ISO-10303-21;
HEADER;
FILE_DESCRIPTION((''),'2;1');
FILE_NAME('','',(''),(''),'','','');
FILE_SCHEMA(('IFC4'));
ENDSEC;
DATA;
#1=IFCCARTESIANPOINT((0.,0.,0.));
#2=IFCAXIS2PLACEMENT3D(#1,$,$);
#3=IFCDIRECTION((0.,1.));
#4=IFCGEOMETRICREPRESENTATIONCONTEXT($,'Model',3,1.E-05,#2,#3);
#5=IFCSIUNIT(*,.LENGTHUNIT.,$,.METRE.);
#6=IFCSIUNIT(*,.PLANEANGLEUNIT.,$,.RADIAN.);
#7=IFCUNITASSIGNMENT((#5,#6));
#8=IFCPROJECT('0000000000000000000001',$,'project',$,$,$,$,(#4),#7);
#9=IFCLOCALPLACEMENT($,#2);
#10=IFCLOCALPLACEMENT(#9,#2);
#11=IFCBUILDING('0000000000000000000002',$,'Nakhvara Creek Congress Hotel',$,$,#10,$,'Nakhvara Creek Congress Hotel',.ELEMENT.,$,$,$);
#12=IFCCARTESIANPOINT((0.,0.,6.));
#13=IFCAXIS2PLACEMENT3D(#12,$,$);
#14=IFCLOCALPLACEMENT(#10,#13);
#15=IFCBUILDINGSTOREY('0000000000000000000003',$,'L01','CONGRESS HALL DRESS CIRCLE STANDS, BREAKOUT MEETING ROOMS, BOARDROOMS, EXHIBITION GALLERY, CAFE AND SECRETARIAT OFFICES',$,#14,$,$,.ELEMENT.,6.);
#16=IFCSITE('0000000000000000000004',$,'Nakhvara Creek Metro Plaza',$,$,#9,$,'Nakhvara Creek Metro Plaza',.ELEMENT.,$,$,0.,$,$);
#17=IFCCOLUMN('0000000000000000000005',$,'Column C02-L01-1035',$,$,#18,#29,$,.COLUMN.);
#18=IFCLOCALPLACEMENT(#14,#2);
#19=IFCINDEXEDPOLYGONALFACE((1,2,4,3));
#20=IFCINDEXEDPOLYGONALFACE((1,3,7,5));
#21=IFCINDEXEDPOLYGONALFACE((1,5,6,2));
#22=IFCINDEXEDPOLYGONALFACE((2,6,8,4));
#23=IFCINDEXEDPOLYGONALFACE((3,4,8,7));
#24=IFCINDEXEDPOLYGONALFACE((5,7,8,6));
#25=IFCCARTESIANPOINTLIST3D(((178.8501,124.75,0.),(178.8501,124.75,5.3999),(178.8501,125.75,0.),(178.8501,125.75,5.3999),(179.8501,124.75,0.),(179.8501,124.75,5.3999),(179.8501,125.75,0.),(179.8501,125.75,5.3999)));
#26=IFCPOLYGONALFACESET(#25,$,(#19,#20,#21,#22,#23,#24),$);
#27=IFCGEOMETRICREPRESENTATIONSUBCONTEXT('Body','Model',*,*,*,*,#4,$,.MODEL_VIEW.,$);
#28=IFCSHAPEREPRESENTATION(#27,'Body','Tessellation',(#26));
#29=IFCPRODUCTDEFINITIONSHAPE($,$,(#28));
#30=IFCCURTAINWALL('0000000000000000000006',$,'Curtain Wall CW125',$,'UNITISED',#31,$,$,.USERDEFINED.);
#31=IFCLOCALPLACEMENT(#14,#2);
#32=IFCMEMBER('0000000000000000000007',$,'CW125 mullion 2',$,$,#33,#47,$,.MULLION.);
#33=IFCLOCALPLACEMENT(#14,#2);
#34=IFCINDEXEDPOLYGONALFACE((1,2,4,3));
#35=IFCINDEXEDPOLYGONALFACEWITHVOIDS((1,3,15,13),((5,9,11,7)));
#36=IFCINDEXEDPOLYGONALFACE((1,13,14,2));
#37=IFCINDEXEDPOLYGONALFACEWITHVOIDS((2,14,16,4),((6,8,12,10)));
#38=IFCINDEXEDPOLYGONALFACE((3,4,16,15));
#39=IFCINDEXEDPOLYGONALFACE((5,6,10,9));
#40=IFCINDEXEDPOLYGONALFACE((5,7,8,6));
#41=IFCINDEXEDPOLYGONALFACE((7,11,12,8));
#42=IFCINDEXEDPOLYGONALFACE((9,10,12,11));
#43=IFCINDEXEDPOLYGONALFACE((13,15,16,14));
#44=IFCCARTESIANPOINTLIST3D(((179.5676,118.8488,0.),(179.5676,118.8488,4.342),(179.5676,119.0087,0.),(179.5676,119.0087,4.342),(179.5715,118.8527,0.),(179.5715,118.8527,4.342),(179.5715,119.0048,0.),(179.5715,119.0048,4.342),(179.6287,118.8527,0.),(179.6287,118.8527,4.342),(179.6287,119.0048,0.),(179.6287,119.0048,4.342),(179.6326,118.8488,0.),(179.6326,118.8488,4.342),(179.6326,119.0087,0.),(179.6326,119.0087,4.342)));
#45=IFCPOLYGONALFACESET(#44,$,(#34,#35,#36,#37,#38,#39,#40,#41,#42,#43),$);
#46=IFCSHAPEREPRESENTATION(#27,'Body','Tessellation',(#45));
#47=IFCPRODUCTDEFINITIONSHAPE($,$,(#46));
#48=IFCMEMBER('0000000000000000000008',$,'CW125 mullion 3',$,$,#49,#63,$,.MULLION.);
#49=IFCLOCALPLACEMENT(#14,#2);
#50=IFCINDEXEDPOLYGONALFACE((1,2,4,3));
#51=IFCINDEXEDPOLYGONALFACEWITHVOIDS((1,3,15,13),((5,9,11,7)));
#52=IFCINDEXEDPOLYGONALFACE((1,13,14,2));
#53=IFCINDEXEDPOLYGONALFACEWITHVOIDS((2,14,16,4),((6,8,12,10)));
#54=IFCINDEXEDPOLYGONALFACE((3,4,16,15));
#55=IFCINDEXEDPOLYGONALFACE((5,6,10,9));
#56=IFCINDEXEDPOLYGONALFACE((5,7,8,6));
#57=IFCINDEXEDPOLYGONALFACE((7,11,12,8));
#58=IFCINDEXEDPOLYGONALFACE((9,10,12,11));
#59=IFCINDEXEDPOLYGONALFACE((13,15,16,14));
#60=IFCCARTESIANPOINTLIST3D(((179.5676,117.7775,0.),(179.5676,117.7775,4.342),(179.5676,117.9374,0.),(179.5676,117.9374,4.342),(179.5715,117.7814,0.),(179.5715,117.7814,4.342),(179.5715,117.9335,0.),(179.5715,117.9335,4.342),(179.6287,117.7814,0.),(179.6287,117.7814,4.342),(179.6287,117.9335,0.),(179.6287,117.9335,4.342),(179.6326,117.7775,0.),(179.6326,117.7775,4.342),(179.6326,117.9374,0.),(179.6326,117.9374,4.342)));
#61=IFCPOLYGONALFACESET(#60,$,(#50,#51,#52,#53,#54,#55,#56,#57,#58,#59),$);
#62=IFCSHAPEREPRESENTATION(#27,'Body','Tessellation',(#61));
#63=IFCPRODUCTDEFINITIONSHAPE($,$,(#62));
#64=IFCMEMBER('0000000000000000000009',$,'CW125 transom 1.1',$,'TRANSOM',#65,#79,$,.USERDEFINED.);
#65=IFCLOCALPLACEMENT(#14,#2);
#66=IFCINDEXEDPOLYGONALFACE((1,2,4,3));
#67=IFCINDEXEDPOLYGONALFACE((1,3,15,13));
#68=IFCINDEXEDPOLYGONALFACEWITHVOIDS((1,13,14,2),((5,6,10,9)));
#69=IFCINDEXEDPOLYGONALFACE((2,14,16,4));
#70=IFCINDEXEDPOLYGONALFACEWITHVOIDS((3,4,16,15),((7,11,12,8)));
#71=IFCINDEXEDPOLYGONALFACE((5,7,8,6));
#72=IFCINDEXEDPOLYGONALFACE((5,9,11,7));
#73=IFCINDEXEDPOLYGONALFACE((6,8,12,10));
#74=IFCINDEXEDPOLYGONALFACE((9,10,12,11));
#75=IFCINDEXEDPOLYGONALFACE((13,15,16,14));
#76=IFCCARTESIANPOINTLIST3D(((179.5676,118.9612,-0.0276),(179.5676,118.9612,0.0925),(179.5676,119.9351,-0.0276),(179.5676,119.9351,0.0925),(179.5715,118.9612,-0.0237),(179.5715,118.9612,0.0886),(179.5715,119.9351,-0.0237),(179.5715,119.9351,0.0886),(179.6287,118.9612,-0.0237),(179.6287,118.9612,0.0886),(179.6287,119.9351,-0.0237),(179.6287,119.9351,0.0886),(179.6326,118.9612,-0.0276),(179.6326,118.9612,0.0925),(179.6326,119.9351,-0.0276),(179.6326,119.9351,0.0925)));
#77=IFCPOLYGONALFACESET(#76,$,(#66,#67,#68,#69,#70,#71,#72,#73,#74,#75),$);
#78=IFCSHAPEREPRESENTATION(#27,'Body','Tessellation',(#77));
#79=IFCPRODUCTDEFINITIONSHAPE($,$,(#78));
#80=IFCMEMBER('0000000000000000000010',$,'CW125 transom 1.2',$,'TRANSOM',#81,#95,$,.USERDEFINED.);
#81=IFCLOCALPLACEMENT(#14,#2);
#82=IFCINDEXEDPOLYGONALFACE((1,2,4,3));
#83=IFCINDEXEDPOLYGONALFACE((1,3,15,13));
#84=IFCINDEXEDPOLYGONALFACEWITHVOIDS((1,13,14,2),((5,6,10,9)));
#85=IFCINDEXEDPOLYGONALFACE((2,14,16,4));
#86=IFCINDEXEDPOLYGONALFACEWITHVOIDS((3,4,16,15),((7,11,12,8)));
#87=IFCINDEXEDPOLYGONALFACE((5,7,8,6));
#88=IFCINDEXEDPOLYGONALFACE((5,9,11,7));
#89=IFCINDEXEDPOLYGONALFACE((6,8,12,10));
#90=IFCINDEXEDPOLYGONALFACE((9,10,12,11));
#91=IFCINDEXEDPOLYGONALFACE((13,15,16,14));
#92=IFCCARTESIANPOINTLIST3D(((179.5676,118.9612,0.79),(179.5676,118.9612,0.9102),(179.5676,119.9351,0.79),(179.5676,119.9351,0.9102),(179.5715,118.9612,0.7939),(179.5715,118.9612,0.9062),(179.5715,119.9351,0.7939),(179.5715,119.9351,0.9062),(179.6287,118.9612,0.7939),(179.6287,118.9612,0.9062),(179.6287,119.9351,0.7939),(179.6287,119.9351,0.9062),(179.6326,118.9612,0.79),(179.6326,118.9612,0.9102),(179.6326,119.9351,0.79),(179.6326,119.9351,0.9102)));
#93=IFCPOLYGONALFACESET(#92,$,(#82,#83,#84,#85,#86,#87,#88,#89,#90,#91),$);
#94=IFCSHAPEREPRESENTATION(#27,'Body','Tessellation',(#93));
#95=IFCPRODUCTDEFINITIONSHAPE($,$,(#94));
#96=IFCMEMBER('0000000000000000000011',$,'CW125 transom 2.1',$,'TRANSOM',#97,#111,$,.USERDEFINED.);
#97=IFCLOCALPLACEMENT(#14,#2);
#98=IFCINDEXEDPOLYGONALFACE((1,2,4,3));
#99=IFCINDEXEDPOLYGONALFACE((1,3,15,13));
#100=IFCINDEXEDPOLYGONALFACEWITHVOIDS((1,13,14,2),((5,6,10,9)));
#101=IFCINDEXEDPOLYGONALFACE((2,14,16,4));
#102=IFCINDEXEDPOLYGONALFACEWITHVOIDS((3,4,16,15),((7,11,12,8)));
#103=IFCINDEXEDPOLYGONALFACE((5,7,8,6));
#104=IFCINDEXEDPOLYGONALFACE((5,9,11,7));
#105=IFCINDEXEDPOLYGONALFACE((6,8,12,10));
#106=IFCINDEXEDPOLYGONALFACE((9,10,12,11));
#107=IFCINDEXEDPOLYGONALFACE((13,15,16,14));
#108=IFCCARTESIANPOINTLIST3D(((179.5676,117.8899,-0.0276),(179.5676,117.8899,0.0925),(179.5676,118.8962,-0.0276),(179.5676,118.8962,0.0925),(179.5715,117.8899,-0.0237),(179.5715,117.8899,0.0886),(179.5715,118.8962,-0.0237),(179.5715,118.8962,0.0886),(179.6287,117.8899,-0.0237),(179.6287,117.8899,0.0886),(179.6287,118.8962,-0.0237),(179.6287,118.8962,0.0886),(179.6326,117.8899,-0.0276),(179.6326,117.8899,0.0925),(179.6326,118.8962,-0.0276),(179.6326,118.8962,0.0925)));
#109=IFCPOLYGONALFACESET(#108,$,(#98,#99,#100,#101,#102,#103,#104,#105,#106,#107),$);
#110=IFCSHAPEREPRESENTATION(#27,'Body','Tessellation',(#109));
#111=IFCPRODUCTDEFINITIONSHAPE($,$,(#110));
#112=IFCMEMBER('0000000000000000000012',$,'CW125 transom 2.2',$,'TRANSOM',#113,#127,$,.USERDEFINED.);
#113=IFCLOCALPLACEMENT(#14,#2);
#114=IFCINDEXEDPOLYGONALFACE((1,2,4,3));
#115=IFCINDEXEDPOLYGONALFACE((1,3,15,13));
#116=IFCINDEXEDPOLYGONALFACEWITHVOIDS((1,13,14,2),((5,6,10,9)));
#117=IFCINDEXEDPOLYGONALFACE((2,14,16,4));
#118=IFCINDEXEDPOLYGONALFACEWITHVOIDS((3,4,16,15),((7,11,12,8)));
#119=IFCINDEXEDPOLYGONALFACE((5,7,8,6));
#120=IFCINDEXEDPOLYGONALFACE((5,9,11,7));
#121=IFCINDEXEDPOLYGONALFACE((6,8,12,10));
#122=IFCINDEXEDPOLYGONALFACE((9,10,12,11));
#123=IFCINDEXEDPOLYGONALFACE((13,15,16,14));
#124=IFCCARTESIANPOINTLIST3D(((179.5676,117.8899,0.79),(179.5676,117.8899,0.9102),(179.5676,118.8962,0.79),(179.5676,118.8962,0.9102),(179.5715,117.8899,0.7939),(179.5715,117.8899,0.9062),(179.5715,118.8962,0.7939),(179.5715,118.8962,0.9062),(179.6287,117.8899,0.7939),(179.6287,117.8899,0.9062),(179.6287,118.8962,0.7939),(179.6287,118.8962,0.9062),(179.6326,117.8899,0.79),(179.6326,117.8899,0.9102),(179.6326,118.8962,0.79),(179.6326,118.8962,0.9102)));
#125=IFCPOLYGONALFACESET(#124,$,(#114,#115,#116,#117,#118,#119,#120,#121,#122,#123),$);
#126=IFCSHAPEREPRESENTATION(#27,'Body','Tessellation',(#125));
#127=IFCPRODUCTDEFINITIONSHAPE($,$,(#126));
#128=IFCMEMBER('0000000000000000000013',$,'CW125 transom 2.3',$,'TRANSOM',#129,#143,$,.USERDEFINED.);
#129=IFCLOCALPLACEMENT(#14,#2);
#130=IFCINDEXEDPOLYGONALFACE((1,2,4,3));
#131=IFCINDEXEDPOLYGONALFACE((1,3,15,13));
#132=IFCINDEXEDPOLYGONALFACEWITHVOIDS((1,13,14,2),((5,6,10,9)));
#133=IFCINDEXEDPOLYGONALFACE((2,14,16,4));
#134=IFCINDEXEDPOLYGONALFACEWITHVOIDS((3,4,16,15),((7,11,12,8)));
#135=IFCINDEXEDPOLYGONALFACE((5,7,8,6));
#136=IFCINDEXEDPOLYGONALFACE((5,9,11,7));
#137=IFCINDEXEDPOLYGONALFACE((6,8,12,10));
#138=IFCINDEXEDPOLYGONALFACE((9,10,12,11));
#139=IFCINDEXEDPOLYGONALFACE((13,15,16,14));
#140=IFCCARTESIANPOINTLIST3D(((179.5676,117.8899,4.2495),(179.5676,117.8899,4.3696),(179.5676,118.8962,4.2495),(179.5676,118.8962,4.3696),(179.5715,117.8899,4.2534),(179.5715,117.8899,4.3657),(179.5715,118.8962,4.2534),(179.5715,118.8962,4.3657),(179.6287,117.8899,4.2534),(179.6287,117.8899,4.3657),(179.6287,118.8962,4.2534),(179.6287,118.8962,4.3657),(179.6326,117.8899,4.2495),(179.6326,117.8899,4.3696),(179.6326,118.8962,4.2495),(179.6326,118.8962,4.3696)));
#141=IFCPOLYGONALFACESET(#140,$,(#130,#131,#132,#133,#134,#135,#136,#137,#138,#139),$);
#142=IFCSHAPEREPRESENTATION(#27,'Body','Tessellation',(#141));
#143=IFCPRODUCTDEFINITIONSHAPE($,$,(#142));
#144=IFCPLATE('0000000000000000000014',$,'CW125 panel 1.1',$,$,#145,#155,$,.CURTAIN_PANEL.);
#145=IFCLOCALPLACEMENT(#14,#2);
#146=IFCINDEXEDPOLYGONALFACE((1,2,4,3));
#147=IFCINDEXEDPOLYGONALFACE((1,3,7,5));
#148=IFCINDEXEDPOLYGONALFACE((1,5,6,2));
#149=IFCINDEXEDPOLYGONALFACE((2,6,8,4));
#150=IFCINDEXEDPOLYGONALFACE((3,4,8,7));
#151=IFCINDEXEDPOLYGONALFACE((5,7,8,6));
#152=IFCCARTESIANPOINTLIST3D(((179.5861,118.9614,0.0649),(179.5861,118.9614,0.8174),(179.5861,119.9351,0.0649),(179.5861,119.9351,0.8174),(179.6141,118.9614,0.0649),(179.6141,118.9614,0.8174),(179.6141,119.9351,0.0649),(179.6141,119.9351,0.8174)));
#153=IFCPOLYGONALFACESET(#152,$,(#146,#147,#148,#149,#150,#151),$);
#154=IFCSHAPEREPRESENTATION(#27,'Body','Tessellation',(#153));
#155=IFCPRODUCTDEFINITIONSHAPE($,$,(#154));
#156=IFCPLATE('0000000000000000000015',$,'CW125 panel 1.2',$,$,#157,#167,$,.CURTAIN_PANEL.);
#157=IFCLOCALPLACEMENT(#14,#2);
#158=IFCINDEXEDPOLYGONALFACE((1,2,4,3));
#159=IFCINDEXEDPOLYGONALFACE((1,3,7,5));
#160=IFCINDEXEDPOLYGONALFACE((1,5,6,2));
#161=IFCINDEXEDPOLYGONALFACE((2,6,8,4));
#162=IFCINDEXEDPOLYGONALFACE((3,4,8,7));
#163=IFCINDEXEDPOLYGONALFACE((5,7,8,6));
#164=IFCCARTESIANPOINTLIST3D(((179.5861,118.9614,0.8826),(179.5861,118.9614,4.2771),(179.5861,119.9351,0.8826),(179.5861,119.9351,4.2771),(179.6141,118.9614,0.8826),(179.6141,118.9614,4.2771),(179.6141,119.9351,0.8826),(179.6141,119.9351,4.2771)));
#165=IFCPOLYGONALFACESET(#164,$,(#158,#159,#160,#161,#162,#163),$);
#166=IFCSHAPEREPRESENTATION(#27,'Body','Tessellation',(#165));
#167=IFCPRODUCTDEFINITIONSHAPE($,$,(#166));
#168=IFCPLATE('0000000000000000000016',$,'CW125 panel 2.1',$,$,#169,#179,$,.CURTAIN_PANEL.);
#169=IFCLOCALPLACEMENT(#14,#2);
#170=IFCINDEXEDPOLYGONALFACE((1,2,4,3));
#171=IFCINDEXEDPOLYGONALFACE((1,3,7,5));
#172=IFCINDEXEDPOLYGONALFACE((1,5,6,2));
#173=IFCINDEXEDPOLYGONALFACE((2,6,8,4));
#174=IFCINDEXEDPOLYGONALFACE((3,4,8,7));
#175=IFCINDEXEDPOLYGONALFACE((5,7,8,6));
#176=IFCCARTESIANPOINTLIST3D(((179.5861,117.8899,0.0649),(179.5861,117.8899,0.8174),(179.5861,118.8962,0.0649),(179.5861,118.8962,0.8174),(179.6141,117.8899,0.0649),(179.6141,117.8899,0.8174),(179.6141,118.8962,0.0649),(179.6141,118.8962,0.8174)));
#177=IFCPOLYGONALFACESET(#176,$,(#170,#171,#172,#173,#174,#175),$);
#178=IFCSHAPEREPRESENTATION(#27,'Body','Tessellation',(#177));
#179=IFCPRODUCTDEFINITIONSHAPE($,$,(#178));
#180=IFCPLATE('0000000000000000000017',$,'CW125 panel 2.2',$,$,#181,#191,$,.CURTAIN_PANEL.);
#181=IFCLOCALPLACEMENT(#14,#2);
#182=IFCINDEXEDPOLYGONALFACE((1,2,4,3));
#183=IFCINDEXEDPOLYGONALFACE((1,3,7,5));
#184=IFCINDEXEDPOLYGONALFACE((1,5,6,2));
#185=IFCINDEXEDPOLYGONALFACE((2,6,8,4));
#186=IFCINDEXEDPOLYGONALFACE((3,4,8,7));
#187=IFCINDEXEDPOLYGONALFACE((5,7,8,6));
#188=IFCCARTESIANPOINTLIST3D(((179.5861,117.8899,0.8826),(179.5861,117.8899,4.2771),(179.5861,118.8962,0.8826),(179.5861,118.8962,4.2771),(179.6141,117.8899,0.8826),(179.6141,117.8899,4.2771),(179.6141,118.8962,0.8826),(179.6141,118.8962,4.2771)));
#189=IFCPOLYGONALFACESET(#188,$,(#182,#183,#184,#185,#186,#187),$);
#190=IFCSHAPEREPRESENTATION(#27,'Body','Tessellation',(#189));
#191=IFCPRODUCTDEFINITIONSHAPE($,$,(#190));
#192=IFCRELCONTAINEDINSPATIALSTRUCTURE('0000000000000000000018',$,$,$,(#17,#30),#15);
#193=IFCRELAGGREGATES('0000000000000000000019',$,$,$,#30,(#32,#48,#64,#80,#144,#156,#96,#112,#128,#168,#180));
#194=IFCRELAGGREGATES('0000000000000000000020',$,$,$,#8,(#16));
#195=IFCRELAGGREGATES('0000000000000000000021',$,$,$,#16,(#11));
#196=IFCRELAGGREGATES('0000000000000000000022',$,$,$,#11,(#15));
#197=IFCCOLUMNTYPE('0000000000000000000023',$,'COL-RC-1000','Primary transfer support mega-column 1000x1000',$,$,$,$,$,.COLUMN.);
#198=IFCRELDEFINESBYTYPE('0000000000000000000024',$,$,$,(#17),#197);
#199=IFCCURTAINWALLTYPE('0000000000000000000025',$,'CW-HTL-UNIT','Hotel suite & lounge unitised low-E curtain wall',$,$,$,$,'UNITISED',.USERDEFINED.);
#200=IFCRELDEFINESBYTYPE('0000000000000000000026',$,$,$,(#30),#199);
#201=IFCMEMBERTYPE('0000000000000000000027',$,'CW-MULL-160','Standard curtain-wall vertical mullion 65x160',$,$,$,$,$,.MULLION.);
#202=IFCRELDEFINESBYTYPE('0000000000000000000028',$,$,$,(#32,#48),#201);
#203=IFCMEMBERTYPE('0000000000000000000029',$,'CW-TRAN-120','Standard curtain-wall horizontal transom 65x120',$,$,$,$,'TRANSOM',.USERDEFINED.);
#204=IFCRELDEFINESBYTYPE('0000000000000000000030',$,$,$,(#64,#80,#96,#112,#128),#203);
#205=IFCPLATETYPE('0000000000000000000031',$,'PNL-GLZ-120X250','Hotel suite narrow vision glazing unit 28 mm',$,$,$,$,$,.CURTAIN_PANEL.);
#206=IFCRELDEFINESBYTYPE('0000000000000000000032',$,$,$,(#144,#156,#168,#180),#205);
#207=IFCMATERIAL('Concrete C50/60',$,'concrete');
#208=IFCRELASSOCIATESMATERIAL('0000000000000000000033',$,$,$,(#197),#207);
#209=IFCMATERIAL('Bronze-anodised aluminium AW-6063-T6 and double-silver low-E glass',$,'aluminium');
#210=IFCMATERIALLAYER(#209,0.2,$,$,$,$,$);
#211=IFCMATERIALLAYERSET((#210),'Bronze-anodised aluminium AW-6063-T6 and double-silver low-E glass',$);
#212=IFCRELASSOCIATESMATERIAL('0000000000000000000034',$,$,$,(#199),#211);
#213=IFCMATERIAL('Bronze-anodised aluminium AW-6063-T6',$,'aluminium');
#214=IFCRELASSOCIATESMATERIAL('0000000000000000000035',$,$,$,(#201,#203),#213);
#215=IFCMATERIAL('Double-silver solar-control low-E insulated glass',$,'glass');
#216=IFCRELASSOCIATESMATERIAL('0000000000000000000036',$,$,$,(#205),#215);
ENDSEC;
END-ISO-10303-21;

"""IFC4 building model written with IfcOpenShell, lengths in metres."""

from ifc_helpers import new_model, si_unit, direction, frame, origin, origin_2d, place, context, subcontext, project, spatial, rectangle, hollow_rectangle, extrude, material, layer, layer_set, material_profile, profile_set, type_object, element, aggregate, save


model = new_model("IFC4")

# Units and contexts
model_context = context("Model", 3, precision=1e-05, world=origin(), true_north=direction((0.0, 1.0)))
body_context = subcontext(model_context, "Body", "Model", "MODEL_VIEW")
ifc_project = project(units=[si_unit("LENGTHUNIT", "METRE"), si_unit("PLANEANGLEUNIT", "RADIAN")], contexts=[model_context])

# Site, building, storey
site_placement = place(None, origin())
site = spatial("IfcSite", under=ifc_project, at=site_placement, Name="Nakhvara Creek Metro Plaza", LongName="Nakhvara Creek Metro Plaza", CompositionType="ELEMENT", RefElevation=0.0)
building_placement = place(site_placement, origin())
building = spatial("IfcBuilding", under=site, at=building_placement, Name="Nakhvara Creek Congress Hotel", LongName="Nakhvara Creek Congress Hotel", CompositionType="ELEMENT")
storey_placement = place(building_placement, frame((0.0, 0.0, 6.0)))
storey = spatial("IfcBuildingStorey", under=building, at=storey_placement, Name="L01", Description="CONGRESS HALL DRESS CIRCLE STANDS, BREAKOUT MEETING ROOMS, BOARDROOMS, EXHIBITION GALLERY, CAFE AND SECRETARIAT OFFICES", CompositionType="ELEMENT", Elevation=6.0)

# Column
ifc_material_1 = material(Name="Concrete C50/60", Category="concrete")
ifc_material_profile_1 = material_profile(ifc_material_1, rectangle(XDim=1.0, YDim=1.0, at=origin_2d()), Name="RC-COL 1000x1000", Category="LoadBearing")
ifc_profile_set_1 = profile_set([ifc_material_profile_1], Name="Concrete C50/60")
column_type = type_object("IfcColumnType", Name="COL-RC-1000", Description="Primary transfer support mega-column 1000x1000", PredefinedType="COLUMN", material=ifc_profile_set_1)
column_placement = place(storey_placement, frame((179.3501, 125.25, 0.0), z_axis=(0.0, 0.0, 1.0), x_axis=(1.0, 0.0, 0.0)))
element("IfcColumn", 1, at=column_placement, inside=storey, type_object=column_type, Name="Column C02-L01-1035", PredefinedType="COLUMN", context=body_context, shape_type="SweptSolid", body=[
    extrude(rectangle(XDim=1.0, YDim=1.0, at=origin_2d()), origin(), (0.0, 0.0, 1.0), 5.3999),
])

# Curtain wall, members, plates
ifc_material_2 = material(Name="Bronze-anodised aluminium AW-6063-T6 and double-silver low-E glass", Category="aluminium")
ifc_layer_1 = layer(ifc_material_2, 0.2)
ifc_layer_set_1 = layer_set([ifc_layer_1], Name="Bronze-anodised aluminium AW-6063-T6 and double-silver low-E glass")
curtain_wall_type = type_object("IfcCurtainWallType", Name="CW-HTL-UNIT", Description="Hotel suite & lounge unitised low-E curtain wall", ElementType="UNITISED", PredefinedType="USERDEFINED", material=ifc_layer_set_1)
curtain_wall_placement = place(storey_placement, origin())
curtain_wall = element("IfcCurtainWall", 2, at=curtain_wall_placement, inside=storey, type_object=curtain_wall_type, Name="Curtain Wall CW125", ObjectType="UNITISED", PredefinedType="USERDEFINED")
ifc_material_3 = material(Name="Bronze-anodised aluminium AW-6063-T6", Category="aluminium")
ifc_material_profile_2 = material_profile(ifc_material_3, hollow_rectangle(XDim=0.0649, YDim=0.1599, WallThickness=0.0039, at=origin_2d()), Name="ALU-MULL 65x160x4", Category="LoadBearing")
ifc_profile_set_2 = profile_set([ifc_material_profile_2], Name="Bronze-anodised aluminium AW-6063-T6")
member_type_1 = type_object("IfcMemberType", Name="CW-MULL-160", Description="Standard curtain-wall vertical mullion 65x160", PredefinedType="MULLION", material=ifc_profile_set_2)
member_1_placement = place(storey_placement, frame((179.6001, 118.9287, 0.0), z_axis=(0.0, 0.0, 1.0), x_axis=(1.0, 0.0, 0.0)))
member_1 = element("IfcMember", 3, at=member_1_placement, type_object=member_type_1, Name="CW125 mullion 2", PredefinedType="MULLION", context=body_context, shape_type="SweptSolid", body=[
    extrude(hollow_rectangle(XDim=0.0649, YDim=0.1599, WallThickness=0.0039, at=origin_2d()), origin(), (0.0, 0.0, 1.0), 4.342),
])
member_2_placement = place(storey_placement, frame((179.6001, 117.8574, 0.0), z_axis=(0.0, 0.0, 1.0), x_axis=(1.0, 0.0, 0.0)))
member_2 = element("IfcMember", 4, at=member_2_placement, type_object=member_type_1, Name="CW125 mullion 3", PredefinedType="MULLION", context=body_context, shape_type="SweptSolid", body=[
    extrude(hollow_rectangle(XDim=0.0649, YDim=0.1599, WallThickness=0.0039, at=origin_2d()), origin(), (0.0, 0.0, 1.0), 4.342),
])
ifc_material_profile_3 = material_profile(ifc_material_3, hollow_rectangle(XDim=0.0649, YDim=0.1201, WallThickness=0.0039, at=origin_2d()), Name="ALU-TRAN 65x120x4", Category="LoadBearing")
ifc_profile_set_3 = profile_set([ifc_material_profile_3], Name="Bronze-anodised aluminium AW-6063-T6")
member_type_2 = type_object("IfcMemberType", Name="CW-TRAN-120", Description="Standard curtain-wall horizontal transom 65x120", ElementType="TRANSOM", PredefinedType="USERDEFINED", material=ifc_profile_set_3)
member_3_placement = place(storey_placement, frame((179.6001, 119.9351, 0.0325), z_axis=(0.0, -1.0, 0.0), x_axis=(1.0, 0.0, 0.0)))
member_3 = element("IfcMember", 5, at=member_3_placement, type_object=member_type_2, Name="CW125 transom 1.1", ObjectType="TRANSOM", PredefinedType="USERDEFINED", context=body_context, shape_type="SweptSolid", body=[
    extrude(hollow_rectangle(XDim=0.0649, YDim=0.1201, WallThickness=0.0039, at=origin_2d()), origin(), (0.0, 0.0, 1.0), 0.9739),
])
member_4_placement = place(storey_placement, frame((179.6001, 119.9351, 0.8501), z_axis=(0.0, -1.0, 0.0), x_axis=(1.0, 0.0, 0.0)))
member_4 = element("IfcMember", 6, at=member_4_placement, type_object=member_type_2, Name="CW125 transom 1.2", ObjectType="TRANSOM", PredefinedType="USERDEFINED", context=body_context, shape_type="SweptSolid", body=[
    extrude(hollow_rectangle(XDim=0.0649, YDim=0.1201, WallThickness=0.0039, at=origin_2d()), origin(), (0.0, 0.0, 1.0), 0.9739),
])
member_5_placement = place(storey_placement, frame((179.6001, 118.8962, 0.0325), z_axis=(0.0, -1.0, 0.0), x_axis=(1.0, 0.0, 0.0)))
member_5 = element("IfcMember", 7, at=member_5_placement, type_object=member_type_2, Name="CW125 transom 2.1", ObjectType="TRANSOM", PredefinedType="USERDEFINED", context=body_context, shape_type="SweptSolid", body=[
    extrude(hollow_rectangle(XDim=0.0649, YDim=0.1201, WallThickness=0.0039, at=origin_2d()), origin(), (0.0, 0.0, 1.0), 1.0063),
])
member_6_placement = place(storey_placement, frame((179.6001, 118.8962, 0.8501), z_axis=(0.0, -1.0, 0.0), x_axis=(1.0, 0.0, 0.0)))
member_6 = element("IfcMember", 8, at=member_6_placement, type_object=member_type_2, Name="CW125 transom 2.2", ObjectType="TRANSOM", PredefinedType="USERDEFINED", context=body_context, shape_type="SweptSolid", body=[
    extrude(hollow_rectangle(XDim=0.0649, YDim=0.1201, WallThickness=0.0039, at=origin_2d()), origin(), (0.0, 0.0, 1.0), 1.0063),
])
member_7_placement = place(storey_placement, frame((179.6001, 118.8962, 4.3096), z_axis=(0.0, -1.0, 0.0), x_axis=(1.0, 0.0, 0.0)))
member_7 = element("IfcMember", 9, at=member_7_placement, type_object=member_type_2, Name="CW125 transom 2.3", ObjectType="TRANSOM", PredefinedType="USERDEFINED", context=body_context, shape_type="SweptSolid", body=[
    extrude(hollow_rectangle(XDim=0.0649, YDim=0.1201, WallThickness=0.0039, at=origin_2d()), origin(), (0.0, 0.0, 1.0), 1.0063),
])
ifc_material_4 = material(Name="Double-silver solar-control low-E insulated glass", Category="glass")
plate_type = type_object("IfcPlateType", Name="PNL-GLZ-120X250", Description="Hotel suite narrow vision glazing unit 28 mm", PredefinedType="CURTAIN_PANEL", material=ifc_material_4)
plate_1_placement = place(storey_placement, frame((179.6001, 119.4482, 0.0649), z_axis=(0.0, 0.0, 1.0), x_axis=(0.0, -1.0, 0.0)))
plate_1 = element("IfcPlate", 10, at=plate_1_placement, type_object=plate_type, Name="CW125 panel 1.1", PredefinedType="CURTAIN_PANEL", context=body_context, shape_type="SweptSolid", body=[
    extrude(rectangle(XDim=0.9736, YDim=0.0281, at=origin_2d()), origin(), (0.0, 0.0, 1.0), 0.7524),
])
plate_2_placement = place(storey_placement, frame((179.6001, 119.4482, 0.8826), z_axis=(0.0, 0.0, 1.0), x_axis=(0.0, -1.0, 0.0)))
plate_2 = element("IfcPlate", 11, at=plate_2_placement, type_object=plate_type, Name="CW125 panel 1.2", PredefinedType="CURTAIN_PANEL", context=body_context, shape_type="SweptSolid", body=[
    extrude(rectangle(XDim=0.9736, YDim=0.0281, at=origin_2d()), origin(), (0.0, 0.0, 1.0), 3.3945),
])
plate_3_placement = place(storey_placement, frame((179.6001, 118.3931, 0.0649), z_axis=(0.0, 0.0, 1.0), x_axis=(0.0, -1.0, 0.0)))
plate_3 = element("IfcPlate", 12, at=plate_3_placement, type_object=plate_type, Name="CW125 panel 2.1", PredefinedType="CURTAIN_PANEL", context=body_context, shape_type="SweptSolid", body=[
    extrude(rectangle(XDim=1.0063, YDim=0.0281, at=origin_2d()), origin(), (0.0, 0.0, 1.0), 0.7524),
])
plate_4_placement = place(storey_placement, frame((179.6001, 118.3931, 0.8826), z_axis=(0.0, 0.0, 1.0), x_axis=(0.0, -1.0, 0.0)))
plate_4 = element("IfcPlate", 13, at=plate_4_placement, type_object=plate_type, Name="CW125 panel 2.2", PredefinedType="CURTAIN_PANEL", context=body_context, shape_type="SweptSolid", body=[
    extrude(rectangle(XDim=1.0063, YDim=0.0281, at=origin_2d()), origin(), (0.0, 0.0, 1.0), 3.3945),
])
aggregate(curtain_wall, [member_1, member_2, member_3, member_4, plate_1, plate_2, member_5, member_6, member_7, plate_3, plate_4])

save(model, "model.ifc")
